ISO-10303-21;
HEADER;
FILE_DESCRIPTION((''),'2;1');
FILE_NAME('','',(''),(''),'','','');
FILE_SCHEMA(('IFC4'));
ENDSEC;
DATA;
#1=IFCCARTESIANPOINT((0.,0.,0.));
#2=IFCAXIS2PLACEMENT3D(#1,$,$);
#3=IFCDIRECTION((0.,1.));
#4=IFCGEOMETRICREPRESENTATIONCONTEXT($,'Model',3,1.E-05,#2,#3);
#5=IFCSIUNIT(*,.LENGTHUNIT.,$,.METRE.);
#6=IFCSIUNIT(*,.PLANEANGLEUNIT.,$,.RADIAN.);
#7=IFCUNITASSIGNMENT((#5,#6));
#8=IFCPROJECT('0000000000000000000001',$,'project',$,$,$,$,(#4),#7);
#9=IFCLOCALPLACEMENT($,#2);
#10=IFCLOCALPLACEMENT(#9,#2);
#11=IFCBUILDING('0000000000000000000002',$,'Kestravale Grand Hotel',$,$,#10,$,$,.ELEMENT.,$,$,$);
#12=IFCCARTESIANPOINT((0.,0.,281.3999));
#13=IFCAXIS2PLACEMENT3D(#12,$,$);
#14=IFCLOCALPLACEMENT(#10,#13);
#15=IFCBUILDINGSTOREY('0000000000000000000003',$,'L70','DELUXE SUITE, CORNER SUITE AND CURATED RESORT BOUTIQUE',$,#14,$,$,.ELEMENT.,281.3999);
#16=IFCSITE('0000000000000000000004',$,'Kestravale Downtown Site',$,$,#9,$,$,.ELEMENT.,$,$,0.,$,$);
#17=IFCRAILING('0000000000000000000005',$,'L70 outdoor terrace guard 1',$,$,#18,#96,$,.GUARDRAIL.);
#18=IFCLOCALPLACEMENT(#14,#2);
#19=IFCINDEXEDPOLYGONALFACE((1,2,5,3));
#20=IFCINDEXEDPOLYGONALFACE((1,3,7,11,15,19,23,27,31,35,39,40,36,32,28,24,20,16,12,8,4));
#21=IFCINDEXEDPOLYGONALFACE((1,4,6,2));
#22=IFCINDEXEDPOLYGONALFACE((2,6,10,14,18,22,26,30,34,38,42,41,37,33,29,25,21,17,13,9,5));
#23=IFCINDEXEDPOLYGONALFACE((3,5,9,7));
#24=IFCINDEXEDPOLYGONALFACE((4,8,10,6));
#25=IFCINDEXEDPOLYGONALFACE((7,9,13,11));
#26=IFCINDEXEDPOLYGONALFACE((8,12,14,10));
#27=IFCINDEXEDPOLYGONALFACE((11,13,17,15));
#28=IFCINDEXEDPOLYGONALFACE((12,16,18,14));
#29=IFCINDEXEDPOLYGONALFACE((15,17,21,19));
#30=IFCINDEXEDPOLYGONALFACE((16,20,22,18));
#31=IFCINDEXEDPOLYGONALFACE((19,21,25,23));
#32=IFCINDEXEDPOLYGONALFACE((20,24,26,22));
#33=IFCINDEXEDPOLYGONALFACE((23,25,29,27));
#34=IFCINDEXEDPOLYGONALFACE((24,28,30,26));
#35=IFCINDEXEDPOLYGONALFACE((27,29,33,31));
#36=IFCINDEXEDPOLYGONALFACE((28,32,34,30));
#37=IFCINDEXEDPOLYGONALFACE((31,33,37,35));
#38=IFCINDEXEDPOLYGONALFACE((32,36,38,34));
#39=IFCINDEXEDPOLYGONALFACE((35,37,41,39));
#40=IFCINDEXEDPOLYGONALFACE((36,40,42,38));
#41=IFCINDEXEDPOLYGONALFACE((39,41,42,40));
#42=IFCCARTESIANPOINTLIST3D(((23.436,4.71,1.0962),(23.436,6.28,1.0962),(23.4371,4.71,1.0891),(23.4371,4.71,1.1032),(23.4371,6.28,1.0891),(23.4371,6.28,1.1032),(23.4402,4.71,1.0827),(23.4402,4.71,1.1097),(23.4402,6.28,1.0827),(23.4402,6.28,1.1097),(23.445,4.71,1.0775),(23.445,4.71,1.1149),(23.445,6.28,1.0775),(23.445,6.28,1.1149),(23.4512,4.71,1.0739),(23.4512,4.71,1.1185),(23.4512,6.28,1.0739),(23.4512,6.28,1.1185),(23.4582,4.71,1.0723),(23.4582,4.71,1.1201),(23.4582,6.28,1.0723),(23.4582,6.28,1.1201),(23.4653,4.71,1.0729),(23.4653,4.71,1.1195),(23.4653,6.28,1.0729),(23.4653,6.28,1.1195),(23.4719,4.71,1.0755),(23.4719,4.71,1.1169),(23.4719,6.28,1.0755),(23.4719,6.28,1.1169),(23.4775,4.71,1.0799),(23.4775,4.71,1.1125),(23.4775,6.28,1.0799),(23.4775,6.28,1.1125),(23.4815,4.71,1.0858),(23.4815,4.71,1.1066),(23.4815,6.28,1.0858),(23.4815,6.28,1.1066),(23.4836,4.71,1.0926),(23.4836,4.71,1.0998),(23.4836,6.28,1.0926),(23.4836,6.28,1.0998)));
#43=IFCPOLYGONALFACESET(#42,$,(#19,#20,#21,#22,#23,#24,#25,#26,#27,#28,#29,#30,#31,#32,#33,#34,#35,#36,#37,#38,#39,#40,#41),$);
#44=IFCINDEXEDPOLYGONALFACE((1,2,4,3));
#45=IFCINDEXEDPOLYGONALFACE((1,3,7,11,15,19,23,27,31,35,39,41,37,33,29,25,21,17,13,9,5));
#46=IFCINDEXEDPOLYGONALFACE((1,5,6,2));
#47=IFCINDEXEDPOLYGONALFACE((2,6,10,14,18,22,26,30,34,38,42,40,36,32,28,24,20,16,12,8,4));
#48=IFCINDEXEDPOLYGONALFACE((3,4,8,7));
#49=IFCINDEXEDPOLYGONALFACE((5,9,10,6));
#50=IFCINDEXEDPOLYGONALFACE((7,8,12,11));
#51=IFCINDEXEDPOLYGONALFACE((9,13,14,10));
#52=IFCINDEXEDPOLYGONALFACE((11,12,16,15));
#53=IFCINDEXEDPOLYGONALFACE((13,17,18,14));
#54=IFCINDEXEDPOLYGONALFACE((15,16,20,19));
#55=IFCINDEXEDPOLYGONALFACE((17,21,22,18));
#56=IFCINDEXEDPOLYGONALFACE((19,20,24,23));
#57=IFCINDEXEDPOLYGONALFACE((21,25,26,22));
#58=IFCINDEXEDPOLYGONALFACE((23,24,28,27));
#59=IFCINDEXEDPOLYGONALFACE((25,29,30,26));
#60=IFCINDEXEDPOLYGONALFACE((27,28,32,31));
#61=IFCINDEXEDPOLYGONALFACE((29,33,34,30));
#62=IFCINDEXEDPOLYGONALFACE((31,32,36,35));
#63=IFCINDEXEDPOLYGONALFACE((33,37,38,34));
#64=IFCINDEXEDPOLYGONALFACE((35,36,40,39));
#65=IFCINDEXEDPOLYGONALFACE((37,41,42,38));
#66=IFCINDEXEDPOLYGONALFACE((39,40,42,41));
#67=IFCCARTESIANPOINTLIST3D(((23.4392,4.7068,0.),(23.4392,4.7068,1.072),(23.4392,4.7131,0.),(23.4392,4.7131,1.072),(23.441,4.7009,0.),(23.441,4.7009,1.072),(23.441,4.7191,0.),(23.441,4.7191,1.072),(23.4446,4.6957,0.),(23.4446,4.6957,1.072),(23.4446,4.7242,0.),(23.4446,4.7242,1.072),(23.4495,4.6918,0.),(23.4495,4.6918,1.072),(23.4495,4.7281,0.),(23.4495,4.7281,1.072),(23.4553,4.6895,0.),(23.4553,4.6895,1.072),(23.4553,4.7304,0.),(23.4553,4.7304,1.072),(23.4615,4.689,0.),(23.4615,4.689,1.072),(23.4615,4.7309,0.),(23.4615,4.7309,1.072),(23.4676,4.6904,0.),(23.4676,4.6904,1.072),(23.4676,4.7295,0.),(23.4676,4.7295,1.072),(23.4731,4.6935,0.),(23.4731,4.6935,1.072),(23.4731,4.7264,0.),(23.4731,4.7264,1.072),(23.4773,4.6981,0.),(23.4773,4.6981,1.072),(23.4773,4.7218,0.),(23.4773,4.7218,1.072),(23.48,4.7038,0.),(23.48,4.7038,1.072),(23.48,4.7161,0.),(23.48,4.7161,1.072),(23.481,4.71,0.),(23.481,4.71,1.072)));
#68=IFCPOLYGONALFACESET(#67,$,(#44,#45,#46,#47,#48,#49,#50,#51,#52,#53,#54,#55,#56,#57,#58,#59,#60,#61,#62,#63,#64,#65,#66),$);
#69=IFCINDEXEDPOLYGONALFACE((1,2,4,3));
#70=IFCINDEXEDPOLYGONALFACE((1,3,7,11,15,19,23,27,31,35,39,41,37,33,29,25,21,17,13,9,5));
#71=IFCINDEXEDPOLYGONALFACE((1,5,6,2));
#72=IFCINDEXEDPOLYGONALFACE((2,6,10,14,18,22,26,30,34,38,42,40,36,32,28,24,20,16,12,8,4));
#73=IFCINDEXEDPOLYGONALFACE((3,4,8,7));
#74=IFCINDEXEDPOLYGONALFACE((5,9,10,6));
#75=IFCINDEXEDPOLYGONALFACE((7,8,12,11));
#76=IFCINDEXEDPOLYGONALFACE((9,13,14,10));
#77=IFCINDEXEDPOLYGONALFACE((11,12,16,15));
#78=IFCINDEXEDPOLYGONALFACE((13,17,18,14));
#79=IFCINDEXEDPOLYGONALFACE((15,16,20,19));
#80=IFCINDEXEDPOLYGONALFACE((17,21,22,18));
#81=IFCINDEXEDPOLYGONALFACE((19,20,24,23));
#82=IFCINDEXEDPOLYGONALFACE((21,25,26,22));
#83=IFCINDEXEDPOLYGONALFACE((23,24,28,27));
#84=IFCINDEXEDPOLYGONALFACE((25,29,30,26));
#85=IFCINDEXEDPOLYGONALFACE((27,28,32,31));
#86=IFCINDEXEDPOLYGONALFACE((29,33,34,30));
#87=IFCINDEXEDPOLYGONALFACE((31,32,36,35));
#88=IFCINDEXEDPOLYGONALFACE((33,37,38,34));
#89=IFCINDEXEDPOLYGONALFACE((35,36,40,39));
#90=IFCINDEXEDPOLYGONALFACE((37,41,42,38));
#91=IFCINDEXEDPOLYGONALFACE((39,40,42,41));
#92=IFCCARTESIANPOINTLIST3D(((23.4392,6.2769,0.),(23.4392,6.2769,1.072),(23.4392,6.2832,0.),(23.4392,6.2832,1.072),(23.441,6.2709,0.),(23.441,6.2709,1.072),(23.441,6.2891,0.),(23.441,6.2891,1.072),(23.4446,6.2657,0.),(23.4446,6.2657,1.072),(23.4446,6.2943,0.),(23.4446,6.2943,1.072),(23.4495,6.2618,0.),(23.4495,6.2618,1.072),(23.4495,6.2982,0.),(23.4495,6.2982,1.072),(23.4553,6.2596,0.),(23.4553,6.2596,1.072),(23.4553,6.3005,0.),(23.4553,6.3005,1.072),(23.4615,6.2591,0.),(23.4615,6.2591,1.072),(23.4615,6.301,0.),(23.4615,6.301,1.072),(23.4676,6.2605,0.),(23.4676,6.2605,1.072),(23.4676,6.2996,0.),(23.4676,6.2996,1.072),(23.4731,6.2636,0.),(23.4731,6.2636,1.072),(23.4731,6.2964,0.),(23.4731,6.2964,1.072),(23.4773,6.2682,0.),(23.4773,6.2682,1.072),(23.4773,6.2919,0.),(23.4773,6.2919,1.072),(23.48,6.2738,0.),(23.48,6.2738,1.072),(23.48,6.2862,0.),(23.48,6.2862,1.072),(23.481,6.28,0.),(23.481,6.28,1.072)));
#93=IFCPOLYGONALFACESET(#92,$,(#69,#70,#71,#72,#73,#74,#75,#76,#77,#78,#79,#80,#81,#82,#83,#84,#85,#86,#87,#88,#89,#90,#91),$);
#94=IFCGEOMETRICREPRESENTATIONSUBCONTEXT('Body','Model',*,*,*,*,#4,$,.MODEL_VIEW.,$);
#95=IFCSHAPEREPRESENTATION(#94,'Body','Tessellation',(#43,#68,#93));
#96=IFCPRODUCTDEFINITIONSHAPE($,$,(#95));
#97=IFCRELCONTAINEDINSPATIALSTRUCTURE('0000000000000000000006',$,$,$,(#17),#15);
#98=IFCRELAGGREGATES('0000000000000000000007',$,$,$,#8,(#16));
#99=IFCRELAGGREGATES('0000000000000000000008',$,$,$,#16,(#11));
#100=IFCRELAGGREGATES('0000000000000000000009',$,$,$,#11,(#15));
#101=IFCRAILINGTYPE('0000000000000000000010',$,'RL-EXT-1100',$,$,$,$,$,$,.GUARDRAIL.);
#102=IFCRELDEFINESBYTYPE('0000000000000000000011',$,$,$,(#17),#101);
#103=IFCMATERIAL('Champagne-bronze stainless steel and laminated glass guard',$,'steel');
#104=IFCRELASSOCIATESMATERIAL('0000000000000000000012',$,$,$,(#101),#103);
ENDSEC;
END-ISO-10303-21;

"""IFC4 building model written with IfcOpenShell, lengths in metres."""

from ifc_helpers import new_model, si_unit, direction, frame, origin, origin_2d, place, context, subcontext, project, spatial, circle, extrude, material, type_object, element, save


model = new_model("IFC4")

# Units and contexts
model_context = context("Model", 3, precision=1e-05, world=origin(), true_north=direction((0.0, 1.0)))
body_context = subcontext(model_context, "Body", "Model", "MODEL_VIEW")
ifc_project = project(units=[si_unit("LENGTHUNIT", "METRE"), si_unit("PLANEANGLEUNIT", "RADIAN")], contexts=[model_context])

# Site, building, storey
site_placement = place(None, origin())
site = spatial("IfcSite", under=ifc_project, at=site_placement, Name="Kestravale Downtown Site", CompositionType="ELEMENT", RefElevation=0.0)
building_placement = place(site_placement, origin())
building = spatial("IfcBuilding", under=site, at=building_placement, Name="Kestravale Grand Hotel", CompositionType="ELEMENT")
storey_placement = place(building_placement, frame((0.0, 0.0, 281.3999)))
storey = spatial("IfcBuildingStorey", under=building, at=storey_placement, Name="L70", Description="DELUXE SUITE, CORNER SUITE AND CURATED RESORT BOUTIQUE", CompositionType="ELEMENT", Elevation=281.3999)

# Railing
ifc_material_1 = material(Name="Champagne-bronze stainless steel and laminated glass guard", Category="steel")
railing_type = type_object("IfcRailingType", Name="RL-EXT-1100", PredefinedType="GUARDRAIL", material=ifc_material_1)
railing_1_placement = place(storey_placement, frame((23.46, 4.71, 0.0)))
element("IfcRailing", 1, at=railing_1_placement, inside=storey, type_object=railing_type, Name="L70 outdoor terrace guard 1", PredefinedType="GUARDRAIL", context=body_context, shape_type="SweptSolid", body=[
    extrude(circle(Radius=0.0239, at=origin_2d()), frame((0.0, 0.0, 1.0962), z_axis=(0.0, 1.0, 0.0), x_axis=(-1.0, 0.0, 0.0)), (0.0, 0.0, 1.0), 1.5701),
    extrude(circle(Radius=0.021, at=origin_2d()), origin(), (0.0, 0.0, 1.0), 1.072),
    extrude(circle(Radius=0.021, at=origin_2d()), frame((0.0, 1.5701, 0.0)), (0.0, 0.0, 1.0), 1.072),
])

save(model, "model.ifc")
